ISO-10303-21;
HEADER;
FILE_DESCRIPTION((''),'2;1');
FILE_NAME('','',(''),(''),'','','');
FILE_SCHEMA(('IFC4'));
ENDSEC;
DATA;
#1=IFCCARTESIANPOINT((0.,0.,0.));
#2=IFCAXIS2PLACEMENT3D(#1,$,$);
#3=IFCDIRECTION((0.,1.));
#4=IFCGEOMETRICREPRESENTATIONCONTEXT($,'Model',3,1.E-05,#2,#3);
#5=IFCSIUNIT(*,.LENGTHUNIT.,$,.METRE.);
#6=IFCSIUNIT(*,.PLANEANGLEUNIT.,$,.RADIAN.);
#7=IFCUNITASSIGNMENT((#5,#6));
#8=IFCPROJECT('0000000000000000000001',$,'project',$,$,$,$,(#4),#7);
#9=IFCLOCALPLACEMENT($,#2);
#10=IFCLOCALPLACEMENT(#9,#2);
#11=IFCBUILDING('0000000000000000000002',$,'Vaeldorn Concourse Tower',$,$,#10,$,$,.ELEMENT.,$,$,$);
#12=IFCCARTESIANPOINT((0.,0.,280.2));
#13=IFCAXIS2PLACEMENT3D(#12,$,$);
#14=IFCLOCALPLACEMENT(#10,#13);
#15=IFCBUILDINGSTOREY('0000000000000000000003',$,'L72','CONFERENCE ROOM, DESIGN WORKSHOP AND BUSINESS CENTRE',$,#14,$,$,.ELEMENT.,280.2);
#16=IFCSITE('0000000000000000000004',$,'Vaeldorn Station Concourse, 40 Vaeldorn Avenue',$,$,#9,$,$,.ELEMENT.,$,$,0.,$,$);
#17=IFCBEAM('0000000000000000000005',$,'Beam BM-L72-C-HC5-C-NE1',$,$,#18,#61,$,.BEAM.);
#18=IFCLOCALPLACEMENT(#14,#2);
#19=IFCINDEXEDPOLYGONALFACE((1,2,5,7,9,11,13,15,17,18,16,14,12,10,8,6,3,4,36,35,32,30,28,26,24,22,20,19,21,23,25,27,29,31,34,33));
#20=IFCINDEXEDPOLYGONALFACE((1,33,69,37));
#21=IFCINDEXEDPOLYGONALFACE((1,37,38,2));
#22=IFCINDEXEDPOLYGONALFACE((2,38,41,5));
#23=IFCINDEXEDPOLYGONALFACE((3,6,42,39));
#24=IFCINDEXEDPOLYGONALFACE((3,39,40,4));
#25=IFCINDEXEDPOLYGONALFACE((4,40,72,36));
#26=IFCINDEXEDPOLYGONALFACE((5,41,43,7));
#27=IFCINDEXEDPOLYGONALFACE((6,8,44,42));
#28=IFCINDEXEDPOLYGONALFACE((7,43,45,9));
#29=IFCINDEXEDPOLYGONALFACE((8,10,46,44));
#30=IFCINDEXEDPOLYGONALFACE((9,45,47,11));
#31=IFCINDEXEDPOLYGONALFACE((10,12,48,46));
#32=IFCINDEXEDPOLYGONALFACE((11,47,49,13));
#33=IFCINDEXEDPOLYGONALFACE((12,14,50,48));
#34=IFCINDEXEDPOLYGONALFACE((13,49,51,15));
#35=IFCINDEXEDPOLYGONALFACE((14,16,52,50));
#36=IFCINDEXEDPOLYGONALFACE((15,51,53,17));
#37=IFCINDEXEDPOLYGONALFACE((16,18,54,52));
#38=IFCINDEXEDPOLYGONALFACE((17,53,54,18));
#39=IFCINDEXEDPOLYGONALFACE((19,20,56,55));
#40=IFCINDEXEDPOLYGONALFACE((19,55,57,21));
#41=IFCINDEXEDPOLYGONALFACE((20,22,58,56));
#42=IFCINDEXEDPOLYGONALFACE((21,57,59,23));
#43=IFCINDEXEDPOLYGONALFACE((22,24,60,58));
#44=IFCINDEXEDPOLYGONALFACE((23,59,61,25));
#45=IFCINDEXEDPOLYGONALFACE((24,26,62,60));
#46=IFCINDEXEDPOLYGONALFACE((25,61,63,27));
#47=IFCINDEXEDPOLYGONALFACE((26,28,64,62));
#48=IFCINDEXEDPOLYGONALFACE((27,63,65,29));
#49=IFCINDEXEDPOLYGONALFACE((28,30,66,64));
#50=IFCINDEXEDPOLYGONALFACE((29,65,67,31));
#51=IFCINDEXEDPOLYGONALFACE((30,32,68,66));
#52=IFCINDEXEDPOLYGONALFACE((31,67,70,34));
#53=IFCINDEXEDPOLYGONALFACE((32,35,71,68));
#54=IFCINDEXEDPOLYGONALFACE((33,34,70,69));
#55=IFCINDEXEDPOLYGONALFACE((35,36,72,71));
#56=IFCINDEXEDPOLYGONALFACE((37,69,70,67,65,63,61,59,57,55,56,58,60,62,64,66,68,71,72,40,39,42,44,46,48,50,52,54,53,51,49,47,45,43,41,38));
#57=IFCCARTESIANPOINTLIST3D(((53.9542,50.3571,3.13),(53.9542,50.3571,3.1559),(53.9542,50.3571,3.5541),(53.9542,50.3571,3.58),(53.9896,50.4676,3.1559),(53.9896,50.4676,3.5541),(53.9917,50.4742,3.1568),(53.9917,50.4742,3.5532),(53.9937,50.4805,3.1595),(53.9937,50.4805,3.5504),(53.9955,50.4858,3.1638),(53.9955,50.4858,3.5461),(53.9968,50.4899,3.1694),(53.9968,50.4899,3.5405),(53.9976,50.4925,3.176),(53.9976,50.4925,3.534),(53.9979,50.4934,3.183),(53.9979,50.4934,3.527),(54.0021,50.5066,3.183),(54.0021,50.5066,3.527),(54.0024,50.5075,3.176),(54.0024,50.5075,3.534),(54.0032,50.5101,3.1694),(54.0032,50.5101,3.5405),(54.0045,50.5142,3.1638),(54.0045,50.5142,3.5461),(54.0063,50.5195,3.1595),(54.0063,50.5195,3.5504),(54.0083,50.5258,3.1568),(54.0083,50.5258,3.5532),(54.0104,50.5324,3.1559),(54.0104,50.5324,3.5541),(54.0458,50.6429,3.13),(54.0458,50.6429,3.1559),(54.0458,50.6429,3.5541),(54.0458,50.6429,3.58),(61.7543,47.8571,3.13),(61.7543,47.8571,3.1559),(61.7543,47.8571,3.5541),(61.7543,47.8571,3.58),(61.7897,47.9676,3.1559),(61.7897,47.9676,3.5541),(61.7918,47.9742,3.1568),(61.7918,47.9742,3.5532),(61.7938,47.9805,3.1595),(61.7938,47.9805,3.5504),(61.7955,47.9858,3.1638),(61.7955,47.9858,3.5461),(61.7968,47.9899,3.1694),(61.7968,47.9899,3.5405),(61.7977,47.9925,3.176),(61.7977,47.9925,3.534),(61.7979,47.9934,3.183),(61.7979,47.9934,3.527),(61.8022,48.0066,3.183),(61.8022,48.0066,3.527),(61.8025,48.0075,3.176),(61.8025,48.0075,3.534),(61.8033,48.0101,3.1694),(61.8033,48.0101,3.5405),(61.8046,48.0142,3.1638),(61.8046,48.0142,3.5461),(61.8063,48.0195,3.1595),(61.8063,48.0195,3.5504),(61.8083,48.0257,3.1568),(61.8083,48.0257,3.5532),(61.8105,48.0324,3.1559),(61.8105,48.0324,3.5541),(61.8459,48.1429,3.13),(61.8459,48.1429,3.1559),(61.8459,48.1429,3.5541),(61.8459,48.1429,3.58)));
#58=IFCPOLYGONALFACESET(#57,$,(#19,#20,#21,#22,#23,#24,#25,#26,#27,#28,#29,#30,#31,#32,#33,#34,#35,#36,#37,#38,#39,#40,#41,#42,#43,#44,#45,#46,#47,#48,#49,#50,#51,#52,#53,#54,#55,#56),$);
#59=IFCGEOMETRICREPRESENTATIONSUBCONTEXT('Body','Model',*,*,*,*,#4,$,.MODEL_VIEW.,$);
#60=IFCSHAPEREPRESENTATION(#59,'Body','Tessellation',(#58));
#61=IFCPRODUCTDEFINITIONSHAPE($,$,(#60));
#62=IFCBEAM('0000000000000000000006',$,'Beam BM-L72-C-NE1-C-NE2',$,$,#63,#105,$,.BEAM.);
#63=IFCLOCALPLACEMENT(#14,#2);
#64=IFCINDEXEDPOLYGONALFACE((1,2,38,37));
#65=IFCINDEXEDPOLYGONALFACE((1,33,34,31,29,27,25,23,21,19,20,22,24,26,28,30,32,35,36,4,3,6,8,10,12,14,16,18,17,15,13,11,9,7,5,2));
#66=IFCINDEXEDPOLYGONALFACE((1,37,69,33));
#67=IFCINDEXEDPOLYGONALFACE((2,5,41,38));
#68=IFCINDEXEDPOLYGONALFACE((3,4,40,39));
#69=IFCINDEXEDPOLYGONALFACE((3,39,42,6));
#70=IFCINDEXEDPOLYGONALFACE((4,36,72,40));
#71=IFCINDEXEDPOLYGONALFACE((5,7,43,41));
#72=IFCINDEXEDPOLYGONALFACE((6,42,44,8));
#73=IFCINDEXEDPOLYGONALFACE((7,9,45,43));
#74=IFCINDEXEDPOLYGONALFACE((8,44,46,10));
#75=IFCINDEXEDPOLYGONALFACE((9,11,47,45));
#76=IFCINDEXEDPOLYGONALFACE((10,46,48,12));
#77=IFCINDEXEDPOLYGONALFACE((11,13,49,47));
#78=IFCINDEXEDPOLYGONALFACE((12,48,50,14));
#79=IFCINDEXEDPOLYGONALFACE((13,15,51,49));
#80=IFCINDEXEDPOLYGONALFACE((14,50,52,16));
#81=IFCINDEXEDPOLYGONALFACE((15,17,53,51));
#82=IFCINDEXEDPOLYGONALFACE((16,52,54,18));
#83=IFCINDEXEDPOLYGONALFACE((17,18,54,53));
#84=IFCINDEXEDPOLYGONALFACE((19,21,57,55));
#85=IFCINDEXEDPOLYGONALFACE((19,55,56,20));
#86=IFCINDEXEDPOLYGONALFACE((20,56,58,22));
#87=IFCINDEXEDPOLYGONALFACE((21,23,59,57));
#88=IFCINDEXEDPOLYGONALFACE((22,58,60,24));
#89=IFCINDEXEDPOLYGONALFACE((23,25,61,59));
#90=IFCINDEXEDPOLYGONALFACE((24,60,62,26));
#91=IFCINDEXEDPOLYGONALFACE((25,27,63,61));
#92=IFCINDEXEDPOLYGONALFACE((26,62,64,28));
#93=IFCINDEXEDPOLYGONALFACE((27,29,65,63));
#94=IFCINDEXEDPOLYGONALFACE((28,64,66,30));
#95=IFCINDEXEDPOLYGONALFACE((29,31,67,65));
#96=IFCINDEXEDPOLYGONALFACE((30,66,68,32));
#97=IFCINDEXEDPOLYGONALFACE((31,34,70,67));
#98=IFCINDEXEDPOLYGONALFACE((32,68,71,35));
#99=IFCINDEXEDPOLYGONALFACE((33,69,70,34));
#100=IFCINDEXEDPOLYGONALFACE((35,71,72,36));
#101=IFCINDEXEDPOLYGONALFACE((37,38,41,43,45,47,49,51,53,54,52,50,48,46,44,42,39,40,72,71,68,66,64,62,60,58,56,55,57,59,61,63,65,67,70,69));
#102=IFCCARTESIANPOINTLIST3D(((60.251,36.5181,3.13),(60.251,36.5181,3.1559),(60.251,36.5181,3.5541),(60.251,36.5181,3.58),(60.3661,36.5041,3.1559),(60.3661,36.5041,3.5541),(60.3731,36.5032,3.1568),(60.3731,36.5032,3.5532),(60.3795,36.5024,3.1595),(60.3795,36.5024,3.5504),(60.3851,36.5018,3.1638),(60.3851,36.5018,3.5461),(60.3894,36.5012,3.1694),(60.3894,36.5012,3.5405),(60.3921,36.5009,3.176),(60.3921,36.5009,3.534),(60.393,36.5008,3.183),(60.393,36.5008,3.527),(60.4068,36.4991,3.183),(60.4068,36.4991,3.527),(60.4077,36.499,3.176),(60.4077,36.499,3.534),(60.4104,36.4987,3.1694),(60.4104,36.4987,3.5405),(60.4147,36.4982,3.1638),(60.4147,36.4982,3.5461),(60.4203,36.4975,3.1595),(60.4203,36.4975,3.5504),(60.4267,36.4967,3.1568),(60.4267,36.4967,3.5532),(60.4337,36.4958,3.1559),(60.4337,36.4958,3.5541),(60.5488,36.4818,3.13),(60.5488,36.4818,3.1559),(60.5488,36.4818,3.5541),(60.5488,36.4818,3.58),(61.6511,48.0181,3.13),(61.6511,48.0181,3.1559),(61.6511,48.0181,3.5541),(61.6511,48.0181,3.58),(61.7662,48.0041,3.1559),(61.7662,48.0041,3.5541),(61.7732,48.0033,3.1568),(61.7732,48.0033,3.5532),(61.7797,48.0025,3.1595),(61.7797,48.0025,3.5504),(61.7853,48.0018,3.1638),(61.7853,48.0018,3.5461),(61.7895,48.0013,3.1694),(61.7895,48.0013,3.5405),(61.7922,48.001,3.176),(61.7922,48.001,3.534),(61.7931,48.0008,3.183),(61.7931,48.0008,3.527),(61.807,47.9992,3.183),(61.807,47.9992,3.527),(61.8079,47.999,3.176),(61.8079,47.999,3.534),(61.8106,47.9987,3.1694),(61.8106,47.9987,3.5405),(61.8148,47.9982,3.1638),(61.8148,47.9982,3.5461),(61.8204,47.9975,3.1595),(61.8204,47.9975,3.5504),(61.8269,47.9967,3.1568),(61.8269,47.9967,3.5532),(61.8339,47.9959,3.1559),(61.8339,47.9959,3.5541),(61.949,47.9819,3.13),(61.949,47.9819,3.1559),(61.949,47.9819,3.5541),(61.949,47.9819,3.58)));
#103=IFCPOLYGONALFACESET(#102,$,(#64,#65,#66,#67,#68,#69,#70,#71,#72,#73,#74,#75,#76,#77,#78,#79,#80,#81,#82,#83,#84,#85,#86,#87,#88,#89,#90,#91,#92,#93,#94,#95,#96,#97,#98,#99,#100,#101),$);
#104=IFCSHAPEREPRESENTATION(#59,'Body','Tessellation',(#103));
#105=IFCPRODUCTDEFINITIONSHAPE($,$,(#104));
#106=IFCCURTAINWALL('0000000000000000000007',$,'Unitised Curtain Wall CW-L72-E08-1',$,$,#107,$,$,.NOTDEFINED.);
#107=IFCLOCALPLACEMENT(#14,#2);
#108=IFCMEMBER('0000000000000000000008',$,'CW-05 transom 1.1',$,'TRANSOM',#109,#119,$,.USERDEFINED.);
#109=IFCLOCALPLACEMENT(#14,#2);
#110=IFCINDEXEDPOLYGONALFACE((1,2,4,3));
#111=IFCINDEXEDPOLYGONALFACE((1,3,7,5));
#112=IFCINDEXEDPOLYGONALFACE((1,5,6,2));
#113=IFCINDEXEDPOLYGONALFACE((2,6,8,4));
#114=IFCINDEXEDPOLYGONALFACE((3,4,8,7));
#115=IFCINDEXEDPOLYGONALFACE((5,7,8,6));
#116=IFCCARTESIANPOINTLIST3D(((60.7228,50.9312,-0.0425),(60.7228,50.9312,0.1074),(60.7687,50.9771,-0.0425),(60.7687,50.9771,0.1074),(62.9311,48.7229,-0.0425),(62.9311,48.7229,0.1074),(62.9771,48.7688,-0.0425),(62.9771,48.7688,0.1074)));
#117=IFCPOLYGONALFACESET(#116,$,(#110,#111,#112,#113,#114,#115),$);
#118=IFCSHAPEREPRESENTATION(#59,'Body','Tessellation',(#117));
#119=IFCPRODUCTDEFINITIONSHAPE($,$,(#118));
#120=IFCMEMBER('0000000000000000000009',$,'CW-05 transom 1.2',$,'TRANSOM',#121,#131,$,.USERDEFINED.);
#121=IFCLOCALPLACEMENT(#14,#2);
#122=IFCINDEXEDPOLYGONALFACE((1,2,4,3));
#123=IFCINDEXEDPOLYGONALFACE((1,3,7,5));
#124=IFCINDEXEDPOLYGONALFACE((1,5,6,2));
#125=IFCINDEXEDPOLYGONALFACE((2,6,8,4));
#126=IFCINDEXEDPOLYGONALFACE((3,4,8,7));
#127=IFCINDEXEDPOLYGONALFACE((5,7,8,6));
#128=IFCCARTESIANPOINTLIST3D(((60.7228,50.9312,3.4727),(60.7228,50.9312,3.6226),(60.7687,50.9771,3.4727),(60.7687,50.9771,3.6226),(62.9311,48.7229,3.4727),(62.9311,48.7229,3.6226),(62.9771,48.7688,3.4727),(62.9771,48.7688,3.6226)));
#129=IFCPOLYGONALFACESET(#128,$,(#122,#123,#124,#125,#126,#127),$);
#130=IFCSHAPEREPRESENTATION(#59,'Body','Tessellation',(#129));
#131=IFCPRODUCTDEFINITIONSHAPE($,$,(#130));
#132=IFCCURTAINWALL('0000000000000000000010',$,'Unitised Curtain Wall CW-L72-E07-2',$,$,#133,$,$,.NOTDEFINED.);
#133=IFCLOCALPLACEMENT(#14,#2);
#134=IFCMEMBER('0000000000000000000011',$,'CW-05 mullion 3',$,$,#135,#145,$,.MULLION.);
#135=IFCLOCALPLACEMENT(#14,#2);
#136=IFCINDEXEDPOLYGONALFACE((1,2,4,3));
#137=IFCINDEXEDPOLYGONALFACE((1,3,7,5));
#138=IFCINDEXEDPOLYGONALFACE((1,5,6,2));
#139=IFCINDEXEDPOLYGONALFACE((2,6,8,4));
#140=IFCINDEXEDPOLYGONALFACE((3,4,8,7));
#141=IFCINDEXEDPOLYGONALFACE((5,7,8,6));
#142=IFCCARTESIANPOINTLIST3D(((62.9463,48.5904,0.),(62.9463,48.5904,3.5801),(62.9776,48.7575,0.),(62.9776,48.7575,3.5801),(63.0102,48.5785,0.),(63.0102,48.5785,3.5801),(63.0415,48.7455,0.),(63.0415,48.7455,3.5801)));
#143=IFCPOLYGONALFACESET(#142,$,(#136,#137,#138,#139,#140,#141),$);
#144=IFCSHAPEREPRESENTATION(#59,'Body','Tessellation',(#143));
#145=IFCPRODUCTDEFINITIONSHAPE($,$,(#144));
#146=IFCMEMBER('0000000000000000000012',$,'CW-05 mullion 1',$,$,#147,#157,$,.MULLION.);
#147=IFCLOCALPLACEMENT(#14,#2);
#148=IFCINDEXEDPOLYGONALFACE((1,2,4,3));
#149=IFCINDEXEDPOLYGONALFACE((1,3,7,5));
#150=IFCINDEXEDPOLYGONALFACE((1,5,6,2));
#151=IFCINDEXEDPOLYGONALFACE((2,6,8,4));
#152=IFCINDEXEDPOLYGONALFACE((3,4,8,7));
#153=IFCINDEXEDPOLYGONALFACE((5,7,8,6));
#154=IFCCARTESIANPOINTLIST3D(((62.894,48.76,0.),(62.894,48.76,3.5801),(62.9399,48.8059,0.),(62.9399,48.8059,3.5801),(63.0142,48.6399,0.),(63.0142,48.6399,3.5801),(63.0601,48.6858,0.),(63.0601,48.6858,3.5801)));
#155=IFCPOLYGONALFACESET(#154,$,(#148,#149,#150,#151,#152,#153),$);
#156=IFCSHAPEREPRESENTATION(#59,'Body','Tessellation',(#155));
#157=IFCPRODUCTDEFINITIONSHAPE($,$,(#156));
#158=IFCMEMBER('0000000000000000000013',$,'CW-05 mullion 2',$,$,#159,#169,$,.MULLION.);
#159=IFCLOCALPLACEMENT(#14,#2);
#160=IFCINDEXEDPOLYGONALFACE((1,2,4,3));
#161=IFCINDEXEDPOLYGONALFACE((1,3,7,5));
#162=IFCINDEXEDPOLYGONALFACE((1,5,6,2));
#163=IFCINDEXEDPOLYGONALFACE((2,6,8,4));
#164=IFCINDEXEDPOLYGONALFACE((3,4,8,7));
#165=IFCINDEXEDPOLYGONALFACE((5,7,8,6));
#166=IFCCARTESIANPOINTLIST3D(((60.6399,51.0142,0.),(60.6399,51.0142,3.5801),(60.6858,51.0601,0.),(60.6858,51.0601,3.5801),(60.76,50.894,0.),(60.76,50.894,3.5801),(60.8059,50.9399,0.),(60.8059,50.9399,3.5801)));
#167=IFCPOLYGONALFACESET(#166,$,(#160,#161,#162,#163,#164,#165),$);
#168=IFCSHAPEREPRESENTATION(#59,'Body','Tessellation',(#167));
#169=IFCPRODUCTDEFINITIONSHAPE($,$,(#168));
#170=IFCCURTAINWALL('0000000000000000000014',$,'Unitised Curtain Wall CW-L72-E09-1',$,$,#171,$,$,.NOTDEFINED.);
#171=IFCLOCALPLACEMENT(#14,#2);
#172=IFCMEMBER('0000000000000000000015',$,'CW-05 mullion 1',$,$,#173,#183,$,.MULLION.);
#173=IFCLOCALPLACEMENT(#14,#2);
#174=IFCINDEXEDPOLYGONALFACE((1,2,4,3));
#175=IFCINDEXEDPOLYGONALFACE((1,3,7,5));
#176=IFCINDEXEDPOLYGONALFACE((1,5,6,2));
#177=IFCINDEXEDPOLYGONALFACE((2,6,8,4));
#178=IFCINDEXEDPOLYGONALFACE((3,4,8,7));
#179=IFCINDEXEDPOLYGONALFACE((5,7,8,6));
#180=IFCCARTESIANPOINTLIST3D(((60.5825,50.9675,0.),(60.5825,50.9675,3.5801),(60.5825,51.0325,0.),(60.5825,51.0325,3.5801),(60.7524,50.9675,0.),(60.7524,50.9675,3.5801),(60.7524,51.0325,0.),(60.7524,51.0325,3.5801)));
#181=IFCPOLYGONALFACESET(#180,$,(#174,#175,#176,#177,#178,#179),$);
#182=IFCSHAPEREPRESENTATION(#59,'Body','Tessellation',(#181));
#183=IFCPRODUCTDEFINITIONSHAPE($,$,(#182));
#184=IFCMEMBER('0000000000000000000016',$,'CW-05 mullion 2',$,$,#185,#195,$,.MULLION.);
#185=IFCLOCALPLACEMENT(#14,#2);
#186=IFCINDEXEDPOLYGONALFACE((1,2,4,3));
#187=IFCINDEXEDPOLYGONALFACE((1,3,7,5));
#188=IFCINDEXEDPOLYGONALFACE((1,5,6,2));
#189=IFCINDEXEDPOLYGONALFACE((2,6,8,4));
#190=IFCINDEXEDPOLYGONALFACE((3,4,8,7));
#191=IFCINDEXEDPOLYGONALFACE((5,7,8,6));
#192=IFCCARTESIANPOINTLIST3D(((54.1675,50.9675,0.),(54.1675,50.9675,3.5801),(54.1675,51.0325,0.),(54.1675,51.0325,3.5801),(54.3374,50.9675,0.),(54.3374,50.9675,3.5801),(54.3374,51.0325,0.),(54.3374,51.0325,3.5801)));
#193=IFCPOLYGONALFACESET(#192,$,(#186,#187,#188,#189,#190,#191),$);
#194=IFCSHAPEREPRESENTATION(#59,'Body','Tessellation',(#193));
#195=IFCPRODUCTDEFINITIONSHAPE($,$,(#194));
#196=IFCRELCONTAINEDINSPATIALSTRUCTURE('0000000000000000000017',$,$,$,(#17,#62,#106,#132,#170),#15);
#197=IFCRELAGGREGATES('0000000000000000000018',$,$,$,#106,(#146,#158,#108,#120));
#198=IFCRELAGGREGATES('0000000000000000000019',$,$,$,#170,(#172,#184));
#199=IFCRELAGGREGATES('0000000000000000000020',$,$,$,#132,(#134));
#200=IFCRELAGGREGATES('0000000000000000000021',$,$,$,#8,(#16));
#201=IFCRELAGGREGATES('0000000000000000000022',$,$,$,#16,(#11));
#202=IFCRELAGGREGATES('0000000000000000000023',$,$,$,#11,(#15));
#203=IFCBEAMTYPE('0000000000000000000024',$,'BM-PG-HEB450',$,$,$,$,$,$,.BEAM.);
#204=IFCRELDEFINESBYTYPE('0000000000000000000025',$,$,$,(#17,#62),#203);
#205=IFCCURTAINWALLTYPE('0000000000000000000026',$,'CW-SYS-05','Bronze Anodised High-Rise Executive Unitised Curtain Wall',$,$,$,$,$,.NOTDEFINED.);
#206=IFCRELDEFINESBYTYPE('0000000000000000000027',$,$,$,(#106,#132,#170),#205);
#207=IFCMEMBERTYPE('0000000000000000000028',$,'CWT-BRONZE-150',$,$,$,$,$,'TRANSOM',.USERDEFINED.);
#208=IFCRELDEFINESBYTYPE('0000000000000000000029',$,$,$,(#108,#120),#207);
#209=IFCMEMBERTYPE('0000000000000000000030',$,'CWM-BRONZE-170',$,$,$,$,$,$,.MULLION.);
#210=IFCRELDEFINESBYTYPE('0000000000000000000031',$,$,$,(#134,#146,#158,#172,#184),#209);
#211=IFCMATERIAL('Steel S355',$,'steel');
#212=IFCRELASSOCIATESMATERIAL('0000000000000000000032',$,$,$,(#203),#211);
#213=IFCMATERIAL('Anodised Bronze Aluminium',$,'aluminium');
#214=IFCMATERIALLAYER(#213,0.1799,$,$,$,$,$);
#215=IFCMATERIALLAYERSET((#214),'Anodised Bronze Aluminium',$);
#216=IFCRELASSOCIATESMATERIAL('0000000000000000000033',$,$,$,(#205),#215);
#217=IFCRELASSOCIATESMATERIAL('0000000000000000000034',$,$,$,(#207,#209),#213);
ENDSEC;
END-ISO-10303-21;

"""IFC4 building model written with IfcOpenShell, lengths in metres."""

from ifc_helpers import new_model, si_unit, direction, frame, origin, origin_2d, place, context, subcontext, project, spatial, rectangle, i_section, extrude, source, transform, mapped, material, layer, layer_set, material_profile, profile_set, type_object, element, aggregate, save


model = new_model("IFC4")

# Units and contexts
model_context = context("Model", 3, precision=1e-05, world=origin(), true_north=direction((0.0, 1.0)))
body_context = subcontext(model_context, "Body", "Model", "MODEL_VIEW")
ifc_project = project(units=[si_unit("LENGTHUNIT", "METRE"), si_unit("PLANEANGLEUNIT", "RADIAN")], contexts=[model_context])

# Site, building, storey
site_placement = place(None, origin())
site = spatial("IfcSite", under=ifc_project, at=site_placement, Name="Vaeldorn Station Concourse, 40 Vaeldorn Avenue", CompositionType="ELEMENT", RefElevation=0.0)
building_placement = place(site_placement, origin())
building = spatial("IfcBuilding", under=site, at=building_placement, Name="Vaeldorn Concourse Tower", CompositionType="ELEMENT")
storey_placement = place(building_placement, frame((0.0, 0.0, 280.2)))
storey = spatial("IfcBuildingStorey", under=building, at=storey_placement, Name="L72", Description="CONFERENCE ROOM, DESIGN WORKSHOP AND BUSINESS CENTRE", CompositionType="ELEMENT", Elevation=280.2)

# Shared definitions
ifc_material_1 = material(Name="Steel S355", Category="steel")

# Beams
ifc_material_profile_1 = material_profile(ifc_material_1, i_section(OverallWidth=0.3, OverallDepth=0.45, WebThickness=0.0139, FlangeThickness=0.0259, FilletRadius=0.0271, at=origin_2d()), Name="HEB 450")
ifc_profile_set_1 = profile_set([ifc_material_profile_1], Name="Steel S355")
beam_type_1 = type_object("IfcBeamType", Name="BM-PG-HEB450", PredefinedType="BEAM", material=ifc_profile_set_1)
shared_shape_1 = source(origin(), body_context, "Body", "SweptSolid", [
    extrude(i_section(OverallWidth=0.3, OverallDepth=0.45, WebThickness=0.0139, FlangeThickness=0.0259, FilletRadius=0.0271, at=origin_2d()), origin(), (0.0, 0.0, 1.0), 8.1909),
])
beam_1_placement = place(storey_placement, frame((54.0, 50.5, 3.355), z_axis=(0.952283, -0.305217, 0.0), x_axis=(0.305217, 0.952283, 0.0)))
element("IfcBeam", 1, at=beam_1_placement, inside=storey, type_object=beam_type_1, Name="Beam BM-L72-C-HC5-C-NE1", PredefinedType="BEAM", context=body_context, shape_type="MappedRepresentation", body=[
    mapped(shared_shape_1, transform((0.0, 0.0, 0.0), scale=1.0)),
])
shared_shape_2 = source(origin(), body_context, "Body", "SweptSolid", [
    extrude(i_section(OverallWidth=0.3, OverallDepth=0.45, WebThickness=0.0139, FlangeThickness=0.0259, FilletRadius=0.0271, at=origin_2d()), origin(), (0.0, 0.0, 1.0), 11.585),
])
beam_2_placement = place(storey_placement, frame((61.8, 48.0, 3.355), z_axis=(-0.120859, -0.99267, 0.0), x_axis=(0.99267, -0.120859, 0.0)))
element("IfcBeam", 2, at=beam_2_placement, inside=storey, type_object=beam_type_1, Name="Beam BM-L72-C-NE1-C-NE2", PredefinedType="BEAM", context=body_context, shape_type="MappedRepresentation", body=[
    mapped(shared_shape_2, transform((0.0, 0.0, 0.0), scale=1.0)),
])

# Curtain wall, members
ifc_material_2 = material(Name="Anodised Bronze Aluminium", Category="aluminium")
ifc_layer_1 = layer(ifc_material_2, 0.1799)
ifc_layer_set_1 = layer_set([ifc_layer_1], Name="Anodised Bronze Aluminium")
curtain_wall_type = type_object("IfcCurtainWallType", Name="CW-SYS-05", Description="Bronze Anodised High-Rise Executive Unitised Curtain Wall", PredefinedType="NOTDEFINED", material=ifc_layer_set_1)
curtain_wall_1_placement = place(storey_placement, origin())
curtain_wall_1 = element("IfcCurtainWall", 3, at=curtain_wall_1_placement, inside=storey, type_object=curtain_wall_type, Name="Unitised Curtain Wall CW-L72-E08-1", PredefinedType="NOTDEFINED")
ifc_material_profile_2 = material_profile(ifc_material_2, rectangle(XDim=0.0649, YDim=0.1499, at=origin_2d()), Name="CWT 65x150")
ifc_profile_set_2 = profile_set([ifc_material_profile_2], Name="Anodised Bronze Aluminium")
member_type_1 = type_object("IfcMemberType", Name="CWT-BRONZE-150", ElementType="TRANSOM", PredefinedType="USERDEFINED", material=ifc_profile_set_2)
shared_shape_3 = source(origin(), body_context, "Body", "SweptSolid", [
    extrude(rectangle(XDim=0.0649, YDim=0.1499, at=origin_2d()), origin(), (0.0, 0.0, 1.0), 3.123),
])
member_1_placement = place(storey_placement, frame((62.9541, 48.7458, 0.0325), z_axis=(-0.707107, 0.707107, 0.0), x_axis=(-0.707107, -0.707107, 0.0)))
member_1 = element("IfcMember", 4, at=member_1_placement, type_object=member_type_1, Name="CW-05 transom 1.1", ObjectType="TRANSOM", PredefinedType="USERDEFINED", context=body_context, shape_type="MappedRepresentation", body=[
    mapped(shared_shape_3, transform((0.0, 0.0, 0.0), scale=1.0)),
])
member_2_placement = place(storey_placement, frame((62.9541, 48.7458, 3.5476), z_axis=(-0.707107, 0.707107, 0.0), x_axis=(-0.707107, -0.707107, 0.0)))
member_2 = element("IfcMember", 5, at=member_2_placement, type_object=member_type_1, Name="CW-05 transom 1.2", ObjectType="TRANSOM", PredefinedType="USERDEFINED", context=body_context, shape_type="MappedRepresentation", body=[
    mapped(shared_shape_3, transform((0.0, 0.0, 0.0), scale=1.0)),
])

# Curtain wall, member
curtain_wall_2_placement = place(storey_placement, origin())
curtain_wall_2 = element("IfcCurtainWall", 6, at=curtain_wall_2_placement, inside=storey, type_object=curtain_wall_type, Name="Unitised Curtain Wall CW-L72-E07-2", PredefinedType="NOTDEFINED")
ifc_material_profile_3 = material_profile(ifc_material_2, rectangle(XDim=0.0649, YDim=0.1699, at=origin_2d()), Name="CWM 65x170")
ifc_profile_set_3 = profile_set([ifc_material_profile_3], Name="Anodised Bronze Aluminium")
member_type_2 = type_object("IfcMemberType", Name="CWM-BRONZE-170", PredefinedType="MULLION", material=ifc_profile_set_3)
shared_shape_4 = source(origin(), body_context, "Body", "SweptSolid", [
    extrude(rectangle(XDim=0.0649, YDim=0.1699, at=origin_2d()), origin(), (0.0, 0.0, 1.0), 3.5801),
])
member_3_placement = place(storey_placement, frame((62.9939, 48.668, 0.0), z_axis=(0.0, 0.0, 1.0), x_axis=(-0.98288, 0.184246, 0.0)))
member_3 = element("IfcMember", 7, at=member_3_placement, type_object=member_type_2, Name="CW-05 mullion 3", PredefinedType="MULLION", context=body_context, shape_type="MappedRepresentation", body=[
    mapped(shared_shape_4, transform((0.0, 0.0, 0.0), scale=1.0)),
])

# Members
member_4_placement = place(storey_placement, frame((62.9771, 48.7229, 0.0), z_axis=(0.0, 0.0, 1.0), x_axis=(-0.707107, -0.707107, 0.0)))
member_4 = element("IfcMember", 8, at=member_4_placement, type_object=member_type_2, Name="CW-05 mullion 1", PredefinedType="MULLION", context=body_context, shape_type="MappedRepresentation", body=[
    mapped(shared_shape_4, transform((0.0, 0.0, 0.0), scale=1.0)),
])
member_5_placement = place(storey_placement, frame((60.7229, 50.9771, 0.0), z_axis=(0.0, 0.0, 1.0), x_axis=(-0.707107, -0.707107, 0.0)))
member_5 = element("IfcMember", 9, at=member_5_placement, type_object=member_type_2, Name="CW-05 mullion 2", PredefinedType="MULLION", context=body_context, shape_type="MappedRepresentation", body=[
    mapped(shared_shape_4, transform((0.0, 0.0, 0.0), scale=1.0)),
])

# Curtain wall, members
curtain_wall_3_placement = place(storey_placement, origin())
curtain_wall_3 = element("IfcCurtainWall", 10, at=curtain_wall_3_placement, inside=storey, type_object=curtain_wall_type, Name="Unitised Curtain Wall CW-L72-E09-1", PredefinedType="NOTDEFINED")
member_6_placement = place(storey_placement, frame((60.6675, 51.0, 0.0), z_axis=(0.0, 0.0, 1.0), x_axis=(0.0, -1.0, 0.0)))
member_6 = element("IfcMember", 11, at=member_6_placement, type_object=member_type_2, Name="CW-05 mullion 1", PredefinedType="MULLION", context=body_context, shape_type="MappedRepresentation", body=[
    mapped(shared_shape_4, transform((0.0, 0.0, 0.0), scale=1.0)),
])
member_7_placement = place(storey_placement, frame((54.2524, 51.0, 0.0), z_axis=(0.0, 0.0, 1.0), x_axis=(0.0, -1.0, 0.0)))
member_7 = element("IfcMember", 12, at=member_7_placement, type_object=member_type_2, Name="CW-05 mullion 2", PredefinedType="MULLION", context=body_context, shape_type="MappedRepresentation", body=[
    mapped(shared_shape_4, transform((0.0, 0.0, 0.0), scale=1.0)),
])

aggregate(curtain_wall_1, [member_4, member_5, member_1, member_2])
aggregate(curtain_wall_3, [member_6, member_7])
aggregate(curtain_wall_2, [member_3])

save(model, "model.ifc")
